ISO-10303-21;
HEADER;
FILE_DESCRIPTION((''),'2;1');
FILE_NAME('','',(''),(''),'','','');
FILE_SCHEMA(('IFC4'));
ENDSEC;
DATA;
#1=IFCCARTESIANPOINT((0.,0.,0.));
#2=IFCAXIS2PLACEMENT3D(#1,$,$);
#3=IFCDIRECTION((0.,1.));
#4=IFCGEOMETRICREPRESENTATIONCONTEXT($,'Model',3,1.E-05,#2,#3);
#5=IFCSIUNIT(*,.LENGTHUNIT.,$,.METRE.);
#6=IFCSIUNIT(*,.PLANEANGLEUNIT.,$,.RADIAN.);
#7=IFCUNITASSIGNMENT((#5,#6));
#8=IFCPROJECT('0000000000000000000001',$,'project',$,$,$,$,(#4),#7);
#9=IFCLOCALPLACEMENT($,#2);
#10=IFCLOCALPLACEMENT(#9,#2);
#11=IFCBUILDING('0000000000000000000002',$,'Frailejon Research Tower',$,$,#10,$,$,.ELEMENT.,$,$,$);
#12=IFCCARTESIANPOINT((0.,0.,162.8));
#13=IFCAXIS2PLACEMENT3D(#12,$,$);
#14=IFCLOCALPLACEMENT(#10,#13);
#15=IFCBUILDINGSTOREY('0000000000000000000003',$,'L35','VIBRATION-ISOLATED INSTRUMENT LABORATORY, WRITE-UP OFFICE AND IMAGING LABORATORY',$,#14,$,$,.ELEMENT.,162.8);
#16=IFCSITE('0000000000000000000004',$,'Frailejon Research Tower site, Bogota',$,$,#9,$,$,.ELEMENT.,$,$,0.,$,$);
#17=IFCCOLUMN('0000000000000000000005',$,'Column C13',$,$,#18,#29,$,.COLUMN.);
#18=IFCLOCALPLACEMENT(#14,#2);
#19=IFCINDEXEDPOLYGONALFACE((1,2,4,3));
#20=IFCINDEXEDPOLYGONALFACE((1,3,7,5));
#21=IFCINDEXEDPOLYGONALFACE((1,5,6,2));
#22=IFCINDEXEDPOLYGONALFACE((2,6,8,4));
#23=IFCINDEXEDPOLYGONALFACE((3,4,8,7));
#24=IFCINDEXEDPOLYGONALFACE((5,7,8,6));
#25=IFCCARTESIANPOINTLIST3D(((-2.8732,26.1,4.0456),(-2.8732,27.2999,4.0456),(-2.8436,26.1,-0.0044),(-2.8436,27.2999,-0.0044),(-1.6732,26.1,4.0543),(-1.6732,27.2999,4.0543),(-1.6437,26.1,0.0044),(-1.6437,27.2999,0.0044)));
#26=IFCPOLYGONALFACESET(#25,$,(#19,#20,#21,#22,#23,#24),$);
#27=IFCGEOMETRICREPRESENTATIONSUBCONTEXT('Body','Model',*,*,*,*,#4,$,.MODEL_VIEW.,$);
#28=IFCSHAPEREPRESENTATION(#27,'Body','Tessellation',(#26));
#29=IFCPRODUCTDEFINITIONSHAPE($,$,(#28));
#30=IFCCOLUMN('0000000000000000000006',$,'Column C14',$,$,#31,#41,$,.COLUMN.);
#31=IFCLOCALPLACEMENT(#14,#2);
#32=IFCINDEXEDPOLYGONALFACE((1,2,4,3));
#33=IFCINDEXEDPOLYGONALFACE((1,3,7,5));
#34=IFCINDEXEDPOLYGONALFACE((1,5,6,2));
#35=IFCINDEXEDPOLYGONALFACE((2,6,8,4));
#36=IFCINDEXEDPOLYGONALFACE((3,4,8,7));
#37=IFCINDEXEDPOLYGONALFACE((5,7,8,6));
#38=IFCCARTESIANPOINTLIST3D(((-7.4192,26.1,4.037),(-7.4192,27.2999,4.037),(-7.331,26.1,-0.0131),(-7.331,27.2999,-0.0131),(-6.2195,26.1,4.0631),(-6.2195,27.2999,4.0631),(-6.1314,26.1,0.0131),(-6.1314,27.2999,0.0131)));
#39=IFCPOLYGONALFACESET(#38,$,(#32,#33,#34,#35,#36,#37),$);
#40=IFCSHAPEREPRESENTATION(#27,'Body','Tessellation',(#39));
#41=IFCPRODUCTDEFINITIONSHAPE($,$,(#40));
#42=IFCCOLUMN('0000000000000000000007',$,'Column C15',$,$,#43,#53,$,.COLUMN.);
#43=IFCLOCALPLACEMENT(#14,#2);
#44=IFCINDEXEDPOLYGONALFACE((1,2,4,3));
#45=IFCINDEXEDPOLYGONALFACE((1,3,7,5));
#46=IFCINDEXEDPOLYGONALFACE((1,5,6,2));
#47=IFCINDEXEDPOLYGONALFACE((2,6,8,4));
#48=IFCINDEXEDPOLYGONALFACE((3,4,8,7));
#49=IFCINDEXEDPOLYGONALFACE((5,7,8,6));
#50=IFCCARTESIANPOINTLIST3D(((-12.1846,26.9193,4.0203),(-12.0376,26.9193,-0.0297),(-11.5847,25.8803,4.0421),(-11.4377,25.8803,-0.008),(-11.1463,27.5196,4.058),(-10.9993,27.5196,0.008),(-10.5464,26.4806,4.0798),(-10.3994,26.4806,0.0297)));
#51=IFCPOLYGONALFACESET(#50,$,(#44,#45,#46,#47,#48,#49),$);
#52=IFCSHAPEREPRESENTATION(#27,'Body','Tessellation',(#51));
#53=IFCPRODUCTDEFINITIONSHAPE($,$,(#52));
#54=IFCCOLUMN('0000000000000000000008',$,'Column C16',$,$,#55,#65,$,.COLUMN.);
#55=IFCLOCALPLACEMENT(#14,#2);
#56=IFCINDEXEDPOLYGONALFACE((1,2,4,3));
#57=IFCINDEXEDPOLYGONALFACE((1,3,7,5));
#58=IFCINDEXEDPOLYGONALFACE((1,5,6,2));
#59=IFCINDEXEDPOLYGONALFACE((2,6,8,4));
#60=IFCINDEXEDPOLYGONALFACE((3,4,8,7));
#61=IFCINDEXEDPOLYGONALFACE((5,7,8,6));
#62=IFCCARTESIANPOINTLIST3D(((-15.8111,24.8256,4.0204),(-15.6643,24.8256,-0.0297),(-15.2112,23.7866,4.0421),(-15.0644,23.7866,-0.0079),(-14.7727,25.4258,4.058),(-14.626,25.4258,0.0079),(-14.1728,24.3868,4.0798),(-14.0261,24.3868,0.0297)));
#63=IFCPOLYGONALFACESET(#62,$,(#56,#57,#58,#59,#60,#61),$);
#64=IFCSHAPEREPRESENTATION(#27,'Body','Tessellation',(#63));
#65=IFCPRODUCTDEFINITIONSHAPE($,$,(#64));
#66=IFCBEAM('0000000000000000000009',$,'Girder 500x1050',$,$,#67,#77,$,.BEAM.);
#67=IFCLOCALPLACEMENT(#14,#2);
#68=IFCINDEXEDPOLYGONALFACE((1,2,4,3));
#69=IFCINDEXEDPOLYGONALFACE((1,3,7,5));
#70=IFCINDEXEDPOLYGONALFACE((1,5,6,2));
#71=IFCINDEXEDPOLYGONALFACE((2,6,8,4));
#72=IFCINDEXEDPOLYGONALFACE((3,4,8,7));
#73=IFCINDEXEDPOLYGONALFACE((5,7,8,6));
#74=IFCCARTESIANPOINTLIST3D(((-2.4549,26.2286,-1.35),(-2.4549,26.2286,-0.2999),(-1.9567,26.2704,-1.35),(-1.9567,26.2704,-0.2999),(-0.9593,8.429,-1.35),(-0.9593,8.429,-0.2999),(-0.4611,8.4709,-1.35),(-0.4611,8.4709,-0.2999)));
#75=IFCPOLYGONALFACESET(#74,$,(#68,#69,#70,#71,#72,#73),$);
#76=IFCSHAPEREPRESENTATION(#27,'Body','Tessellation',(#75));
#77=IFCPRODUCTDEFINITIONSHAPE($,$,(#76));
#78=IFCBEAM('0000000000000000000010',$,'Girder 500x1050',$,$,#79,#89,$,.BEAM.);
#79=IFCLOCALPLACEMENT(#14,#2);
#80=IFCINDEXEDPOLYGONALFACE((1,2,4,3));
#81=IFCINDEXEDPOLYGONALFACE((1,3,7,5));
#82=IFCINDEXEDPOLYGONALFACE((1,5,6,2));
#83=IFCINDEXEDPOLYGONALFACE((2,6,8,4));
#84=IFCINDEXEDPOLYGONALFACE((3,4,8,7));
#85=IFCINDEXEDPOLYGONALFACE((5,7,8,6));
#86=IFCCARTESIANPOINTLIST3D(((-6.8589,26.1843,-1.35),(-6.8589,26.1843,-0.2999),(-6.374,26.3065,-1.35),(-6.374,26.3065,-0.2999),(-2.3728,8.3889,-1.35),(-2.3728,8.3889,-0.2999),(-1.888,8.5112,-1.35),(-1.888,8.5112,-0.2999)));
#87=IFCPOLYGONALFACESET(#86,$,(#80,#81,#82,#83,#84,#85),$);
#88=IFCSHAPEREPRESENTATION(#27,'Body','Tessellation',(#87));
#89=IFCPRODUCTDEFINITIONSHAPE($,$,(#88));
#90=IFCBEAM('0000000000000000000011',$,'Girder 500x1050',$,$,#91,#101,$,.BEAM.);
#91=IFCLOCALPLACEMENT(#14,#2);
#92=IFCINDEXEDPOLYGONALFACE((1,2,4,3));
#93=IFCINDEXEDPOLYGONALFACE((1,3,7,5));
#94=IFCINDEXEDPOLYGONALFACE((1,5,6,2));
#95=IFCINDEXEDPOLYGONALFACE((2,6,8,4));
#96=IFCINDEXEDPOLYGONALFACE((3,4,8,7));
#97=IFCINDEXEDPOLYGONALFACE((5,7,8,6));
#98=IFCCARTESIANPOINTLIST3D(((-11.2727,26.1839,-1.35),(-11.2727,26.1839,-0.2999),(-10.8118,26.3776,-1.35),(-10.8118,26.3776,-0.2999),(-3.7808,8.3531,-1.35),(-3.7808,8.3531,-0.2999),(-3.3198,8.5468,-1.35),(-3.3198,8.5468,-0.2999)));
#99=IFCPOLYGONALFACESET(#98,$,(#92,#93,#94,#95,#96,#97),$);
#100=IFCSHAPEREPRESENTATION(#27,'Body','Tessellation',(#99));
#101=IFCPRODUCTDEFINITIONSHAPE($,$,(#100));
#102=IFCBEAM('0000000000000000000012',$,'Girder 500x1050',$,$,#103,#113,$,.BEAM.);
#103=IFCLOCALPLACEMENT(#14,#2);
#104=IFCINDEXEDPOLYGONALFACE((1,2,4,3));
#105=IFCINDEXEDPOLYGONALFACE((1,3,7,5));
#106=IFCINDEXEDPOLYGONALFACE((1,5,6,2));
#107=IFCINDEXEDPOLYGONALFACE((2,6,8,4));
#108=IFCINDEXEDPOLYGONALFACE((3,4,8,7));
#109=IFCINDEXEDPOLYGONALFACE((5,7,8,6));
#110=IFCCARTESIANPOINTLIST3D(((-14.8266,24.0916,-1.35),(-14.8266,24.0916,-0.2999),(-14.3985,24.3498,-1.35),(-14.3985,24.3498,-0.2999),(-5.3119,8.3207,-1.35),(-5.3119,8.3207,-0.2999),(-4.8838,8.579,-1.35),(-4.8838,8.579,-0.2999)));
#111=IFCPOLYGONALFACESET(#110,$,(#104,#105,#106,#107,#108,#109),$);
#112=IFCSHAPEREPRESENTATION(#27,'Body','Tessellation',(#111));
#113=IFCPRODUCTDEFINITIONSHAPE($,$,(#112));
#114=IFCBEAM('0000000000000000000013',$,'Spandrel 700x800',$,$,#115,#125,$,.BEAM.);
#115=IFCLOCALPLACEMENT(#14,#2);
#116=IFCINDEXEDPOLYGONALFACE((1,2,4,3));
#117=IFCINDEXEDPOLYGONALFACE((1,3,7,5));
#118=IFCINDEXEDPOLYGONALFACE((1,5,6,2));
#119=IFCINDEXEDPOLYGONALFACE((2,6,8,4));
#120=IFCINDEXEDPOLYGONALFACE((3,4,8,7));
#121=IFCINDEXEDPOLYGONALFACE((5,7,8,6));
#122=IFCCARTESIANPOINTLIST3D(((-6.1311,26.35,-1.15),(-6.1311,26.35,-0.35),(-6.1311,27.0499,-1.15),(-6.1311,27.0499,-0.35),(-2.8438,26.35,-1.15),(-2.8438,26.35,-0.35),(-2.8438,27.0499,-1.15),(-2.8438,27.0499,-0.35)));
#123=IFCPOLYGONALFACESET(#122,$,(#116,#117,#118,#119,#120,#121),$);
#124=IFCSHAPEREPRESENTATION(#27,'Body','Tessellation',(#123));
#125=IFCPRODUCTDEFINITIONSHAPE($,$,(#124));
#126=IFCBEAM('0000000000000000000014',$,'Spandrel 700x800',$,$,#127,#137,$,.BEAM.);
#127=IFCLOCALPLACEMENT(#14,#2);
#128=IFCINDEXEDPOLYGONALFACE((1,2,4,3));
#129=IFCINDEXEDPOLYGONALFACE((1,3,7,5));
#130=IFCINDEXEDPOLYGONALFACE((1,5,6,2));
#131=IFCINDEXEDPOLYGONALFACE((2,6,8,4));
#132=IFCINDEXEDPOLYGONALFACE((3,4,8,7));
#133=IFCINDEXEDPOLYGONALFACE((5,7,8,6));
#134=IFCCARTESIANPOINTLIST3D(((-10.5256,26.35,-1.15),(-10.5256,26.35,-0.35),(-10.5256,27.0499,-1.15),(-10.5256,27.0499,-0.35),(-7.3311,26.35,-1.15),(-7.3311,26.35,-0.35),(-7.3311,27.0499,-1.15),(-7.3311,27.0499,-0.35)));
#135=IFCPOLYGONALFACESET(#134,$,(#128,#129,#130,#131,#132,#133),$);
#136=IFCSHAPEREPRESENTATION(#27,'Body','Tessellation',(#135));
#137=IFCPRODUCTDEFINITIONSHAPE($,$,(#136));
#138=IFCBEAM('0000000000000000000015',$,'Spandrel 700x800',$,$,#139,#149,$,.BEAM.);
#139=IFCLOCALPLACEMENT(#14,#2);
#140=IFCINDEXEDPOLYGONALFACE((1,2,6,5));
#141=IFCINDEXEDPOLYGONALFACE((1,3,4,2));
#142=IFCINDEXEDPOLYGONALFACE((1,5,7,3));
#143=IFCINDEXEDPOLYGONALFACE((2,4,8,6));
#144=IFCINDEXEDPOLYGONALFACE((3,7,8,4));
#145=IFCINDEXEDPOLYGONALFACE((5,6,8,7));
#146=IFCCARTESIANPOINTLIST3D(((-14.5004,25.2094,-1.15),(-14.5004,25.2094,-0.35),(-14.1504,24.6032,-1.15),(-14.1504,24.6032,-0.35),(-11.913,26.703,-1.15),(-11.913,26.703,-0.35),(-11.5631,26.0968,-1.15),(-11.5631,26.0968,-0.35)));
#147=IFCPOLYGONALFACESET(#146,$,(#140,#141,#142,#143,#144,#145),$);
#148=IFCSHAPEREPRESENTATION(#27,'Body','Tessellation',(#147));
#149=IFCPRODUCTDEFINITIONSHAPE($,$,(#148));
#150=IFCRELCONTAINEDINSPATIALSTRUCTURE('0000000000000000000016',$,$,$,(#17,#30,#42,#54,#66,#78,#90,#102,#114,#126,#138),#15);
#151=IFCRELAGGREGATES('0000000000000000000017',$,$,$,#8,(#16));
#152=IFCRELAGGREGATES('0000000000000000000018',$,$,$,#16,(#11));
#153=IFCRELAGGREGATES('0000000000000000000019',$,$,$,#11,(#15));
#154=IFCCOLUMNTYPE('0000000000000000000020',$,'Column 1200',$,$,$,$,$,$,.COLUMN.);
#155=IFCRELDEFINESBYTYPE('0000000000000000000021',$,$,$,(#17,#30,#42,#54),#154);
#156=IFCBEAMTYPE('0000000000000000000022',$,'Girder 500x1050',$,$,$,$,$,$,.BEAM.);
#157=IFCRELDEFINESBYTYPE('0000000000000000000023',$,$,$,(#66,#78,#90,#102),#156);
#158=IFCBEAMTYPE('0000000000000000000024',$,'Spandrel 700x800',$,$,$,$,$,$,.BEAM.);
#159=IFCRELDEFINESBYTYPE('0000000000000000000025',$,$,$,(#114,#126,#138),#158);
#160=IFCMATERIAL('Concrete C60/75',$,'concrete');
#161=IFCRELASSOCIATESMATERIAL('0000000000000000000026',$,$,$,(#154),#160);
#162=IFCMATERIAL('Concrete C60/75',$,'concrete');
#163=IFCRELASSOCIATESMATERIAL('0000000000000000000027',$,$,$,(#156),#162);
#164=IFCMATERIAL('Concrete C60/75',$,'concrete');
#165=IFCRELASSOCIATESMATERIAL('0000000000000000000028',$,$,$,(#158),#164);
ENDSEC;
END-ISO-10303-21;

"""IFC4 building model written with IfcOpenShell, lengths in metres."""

from ifc_helpers import new_model, si_unit, direction, frame, origin, origin_2d, place, context, subcontext, project, spatial, rectangle, extrude, material, material_profile, profile_set, type_object, element, save


model = new_model("IFC4")

# Units and contexts
model_context = context("Model", 3, precision=1e-05, world=origin(), true_north=direction((0.0, 1.0)))
body_context = subcontext(model_context, "Body", "Model", "MODEL_VIEW")
ifc_project = project(units=[si_unit("LENGTHUNIT", "METRE"), si_unit("PLANEANGLEUNIT", "RADIAN")], contexts=[model_context])

# Site, building, storey
site_placement = place(None, origin())
site = spatial("IfcSite", under=ifc_project, at=site_placement, Name="Frailejon Research Tower site, Bogota", CompositionType="ELEMENT", RefElevation=0.0)
building_placement = place(site_placement, origin())
building = spatial("IfcBuilding", under=site, at=building_placement, Name="Frailejon Research Tower", CompositionType="ELEMENT")
storey_placement = place(building_placement, frame((0.0, 0.0, 162.8)))
storey = spatial("IfcBuildingStorey", under=building, at=storey_placement, Name="L35", Description="VIBRATION-ISOLATED INSTRUMENT LABORATORY, WRITE-UP OFFICE AND IMAGING LABORATORY", CompositionType="ELEMENT", Elevation=162.8)

# Columns
ifc_material_1 = material(Name="Concrete C60/75", Category="concrete")
ifc_material_profile_1 = material_profile(ifc_material_1, rectangle(XDim=1.2, YDim=1.2, at=origin_2d()), Name="Column 1200")
ifc_profile_set_1 = profile_set([ifc_material_profile_1], Name="Concrete C60/75")
column_type = type_object("IfcColumnType", Name="Column 1200", PredefinedType="COLUMN", material=ifc_profile_set_1)
column_1_placement = place(storey_placement, frame((-2.2437, 26.7, 0.0), z_axis=(-0.007294, 0.0, 0.999973), x_axis=(-0.999973, 0.0, -0.007294)))
element("IfcColumn", 1, at=column_1_placement, inside=storey, type_object=column_type, Name="Column C13", PredefinedType="COLUMN", context=body_context, shape_type="SweptSolid", body=[
    extrude(rectangle(XDim=1.2, YDim=1.2, at=origin_2d()), origin(), (0.0, 0.0, 1.0), 4.05),
])
column_2_placement = place(storey_placement, frame((-6.7312, 26.7, 0.0), z_axis=(-0.021756, 0.0, 0.999763), x_axis=(-0.999763, 0.0, -0.021756)))
element("IfcColumn", 2, at=column_2_placement, inside=storey, type_object=column_type, Name="Column C14", PredefinedType="COLUMN", context=body_context, shape_type="SweptSolid", body=[
    extrude(rectangle(XDim=1.2, YDim=1.2, at=origin_2d()), origin(), (0.0, 0.0, 1.0), 4.051),
])
for number, where, z_axis, x_axis, name in (
    (3, (-11.2185, 26.7, 0.0), (-0.036265, 0.0, 0.999342), (-0.865314, -0.500246, -0.031401), "Column C15"),
    (4, (-14.8452, 24.6062, 0.0), (-0.036205, 0.0, 0.999344), (-0.865315, -0.500246, -0.031349), "Column C16"),
):
    element("IfcColumn", number, at=place(storey_placement, frame(where, z_axis=z_axis, x_axis=x_axis)), inside=storey, type_object=column_type, Name=name, PredefinedType="COLUMN", context=body_context, shape_type="SweptSolid", body=[
        extrude(rectangle(XDim=1.2, YDim=1.2, at=origin_2d()), origin(), (0.0, 0.0, 1.0), 4.0527),
    ])

# Beams
ifc_material_2 = material(Name="Concrete C60/75", Category="concrete")
ifc_material_profile_2 = material_profile(ifc_material_2, rectangle(XDim=0.5, YDim=1.05, at=origin_2d()), Name="Girder 500x1050")
ifc_profile_set_2 = profile_set([ifc_material_profile_2], Name="Concrete C60/75")
beam_type_1 = type_object("IfcBeamType", Name="Girder 500x1050", PredefinedType="BEAM", material=ifc_profile_set_2)
beam_1_placement = place(storey_placement, frame((-2.2058, 26.2495, -0.825), z_axis=(0.08373, -0.996488, 0.0), x_axis=(0.996488, 0.08373, 0.0)))
element("IfcBeam", 5, at=beam_1_placement, inside=storey, type_object=beam_type_1, Name="Girder 500x1050", PredefinedType="BEAM", context=body_context, shape_type="SweptSolid", body=[
    extrude(rectangle(XDim=0.5, YDim=1.05, at=origin_2d()), origin(), (0.0, 0.0, 1.0), 17.8623),
])
beam_2_placement = place(storey_placement, frame((-6.6165, 26.2454, -0.825), z_axis=(0.244445, -0.969663, 0.0), x_axis=(0.969663, 0.244445, 0.0)))
element("IfcBeam", 6, at=beam_2_placement, inside=storey, type_object=beam_type_1, Name="Girder 500x1050", PredefinedType="BEAM", context=body_context, shape_type="SweptSolid", body=[
    extrude(rectangle(XDim=0.5, YDim=1.05, at=origin_2d()), origin(), (0.0, 0.0, 1.0), 18.3521),
])
beam_3_placement = place(storey_placement, frame((-11.0422, 26.2808, -0.825), z_axis=(0.387364, -0.921927, 0.0), x_axis=(0.921927, 0.387364, 0.0)))
element("IfcBeam", 7, at=beam_3_placement, inside=storey, type_object=beam_type_1, Name="Girder 500x1050", PredefinedType="BEAM", context=body_context, shape_type="SweptSolid", body=[
    extrude(rectangle(XDim=0.5, YDim=1.05, at=origin_2d()), origin(), (0.0, 0.0, 1.0), 19.3408),
])
beam_4_placement = place(storey_placement, frame((-14.6125, 24.2207, -0.825), z_axis=(0.516578, -0.85624, 0.0), x_axis=(0.85624, 0.516578, 0.0)))
element("IfcBeam", 8, at=beam_4_placement, inside=storey, type_object=beam_type_1, Name="Girder 500x1050", PredefinedType="BEAM", context=body_context, shape_type="SweptSolid", body=[
    extrude(rectangle(XDim=0.5, YDim=1.05, at=origin_2d()), origin(), (0.0, 0.0, 1.0), 18.4187),
])
ifc_material_3 = material(Name="Concrete C60/75", Category="concrete")
ifc_material_profile_3 = material_profile(ifc_material_3, rectangle(XDim=0.7, YDim=0.8, at=origin_2d()), Name="Spandrel 700x800")
ifc_profile_set_3 = profile_set([ifc_material_profile_3], Name="Concrete C60/75")
beam_type_2 = type_object("IfcBeamType", Name="Spandrel 700x800", PredefinedType="BEAM", material=ifc_profile_set_3)
beam_5_placement = place(storey_placement, frame((-2.8438, 26.7, -0.75), z_axis=(-1.0, 0.0, 0.0), x_axis=(0.0, -1.0, 0.0)))
element("IfcBeam", 9, at=beam_5_placement, inside=storey, type_object=beam_type_2, Name="Spandrel 700x800", PredefinedType="BEAM", context=body_context, shape_type="SweptSolid", body=[
    extrude(rectangle(XDim=0.7, YDim=0.8, at=origin_2d()), origin(), (0.0, 0.0, 1.0), 3.2874),
])
beam_6_placement = place(storey_placement, frame((-7.3311, 26.7, -0.75), z_axis=(-1.0, 0.0, 0.0), x_axis=(0.0, -1.0, 0.0)))
element("IfcBeam", 10, at=beam_6_placement, inside=storey, type_object=beam_type_2, Name="Spandrel 700x800", PredefinedType="BEAM", context=body_context, shape_type="SweptSolid", body=[
    extrude(rectangle(XDim=0.7, YDim=0.8, at=origin_2d()), origin(), (0.0, 0.0, 1.0), 3.1946),
])
beam_7_placement = place(storey_placement, frame((-11.738, 26.3999, -0.75), z_axis=(-0.866052, -0.499954, 0.0), x_axis=(0.499954, -0.866052, 0.0)))
element("IfcBeam", 11, at=beam_7_placement, inside=storey, type_object=beam_type_2, Name="Spandrel 700x800", PredefinedType="BEAM", context=body_context, shape_type="SweptSolid", body=[
    extrude(rectangle(XDim=0.7, YDim=0.8, at=origin_2d()), origin(), (0.0, 0.0, 1.0), 2.9875),
])

save(model, "model.ifc")
